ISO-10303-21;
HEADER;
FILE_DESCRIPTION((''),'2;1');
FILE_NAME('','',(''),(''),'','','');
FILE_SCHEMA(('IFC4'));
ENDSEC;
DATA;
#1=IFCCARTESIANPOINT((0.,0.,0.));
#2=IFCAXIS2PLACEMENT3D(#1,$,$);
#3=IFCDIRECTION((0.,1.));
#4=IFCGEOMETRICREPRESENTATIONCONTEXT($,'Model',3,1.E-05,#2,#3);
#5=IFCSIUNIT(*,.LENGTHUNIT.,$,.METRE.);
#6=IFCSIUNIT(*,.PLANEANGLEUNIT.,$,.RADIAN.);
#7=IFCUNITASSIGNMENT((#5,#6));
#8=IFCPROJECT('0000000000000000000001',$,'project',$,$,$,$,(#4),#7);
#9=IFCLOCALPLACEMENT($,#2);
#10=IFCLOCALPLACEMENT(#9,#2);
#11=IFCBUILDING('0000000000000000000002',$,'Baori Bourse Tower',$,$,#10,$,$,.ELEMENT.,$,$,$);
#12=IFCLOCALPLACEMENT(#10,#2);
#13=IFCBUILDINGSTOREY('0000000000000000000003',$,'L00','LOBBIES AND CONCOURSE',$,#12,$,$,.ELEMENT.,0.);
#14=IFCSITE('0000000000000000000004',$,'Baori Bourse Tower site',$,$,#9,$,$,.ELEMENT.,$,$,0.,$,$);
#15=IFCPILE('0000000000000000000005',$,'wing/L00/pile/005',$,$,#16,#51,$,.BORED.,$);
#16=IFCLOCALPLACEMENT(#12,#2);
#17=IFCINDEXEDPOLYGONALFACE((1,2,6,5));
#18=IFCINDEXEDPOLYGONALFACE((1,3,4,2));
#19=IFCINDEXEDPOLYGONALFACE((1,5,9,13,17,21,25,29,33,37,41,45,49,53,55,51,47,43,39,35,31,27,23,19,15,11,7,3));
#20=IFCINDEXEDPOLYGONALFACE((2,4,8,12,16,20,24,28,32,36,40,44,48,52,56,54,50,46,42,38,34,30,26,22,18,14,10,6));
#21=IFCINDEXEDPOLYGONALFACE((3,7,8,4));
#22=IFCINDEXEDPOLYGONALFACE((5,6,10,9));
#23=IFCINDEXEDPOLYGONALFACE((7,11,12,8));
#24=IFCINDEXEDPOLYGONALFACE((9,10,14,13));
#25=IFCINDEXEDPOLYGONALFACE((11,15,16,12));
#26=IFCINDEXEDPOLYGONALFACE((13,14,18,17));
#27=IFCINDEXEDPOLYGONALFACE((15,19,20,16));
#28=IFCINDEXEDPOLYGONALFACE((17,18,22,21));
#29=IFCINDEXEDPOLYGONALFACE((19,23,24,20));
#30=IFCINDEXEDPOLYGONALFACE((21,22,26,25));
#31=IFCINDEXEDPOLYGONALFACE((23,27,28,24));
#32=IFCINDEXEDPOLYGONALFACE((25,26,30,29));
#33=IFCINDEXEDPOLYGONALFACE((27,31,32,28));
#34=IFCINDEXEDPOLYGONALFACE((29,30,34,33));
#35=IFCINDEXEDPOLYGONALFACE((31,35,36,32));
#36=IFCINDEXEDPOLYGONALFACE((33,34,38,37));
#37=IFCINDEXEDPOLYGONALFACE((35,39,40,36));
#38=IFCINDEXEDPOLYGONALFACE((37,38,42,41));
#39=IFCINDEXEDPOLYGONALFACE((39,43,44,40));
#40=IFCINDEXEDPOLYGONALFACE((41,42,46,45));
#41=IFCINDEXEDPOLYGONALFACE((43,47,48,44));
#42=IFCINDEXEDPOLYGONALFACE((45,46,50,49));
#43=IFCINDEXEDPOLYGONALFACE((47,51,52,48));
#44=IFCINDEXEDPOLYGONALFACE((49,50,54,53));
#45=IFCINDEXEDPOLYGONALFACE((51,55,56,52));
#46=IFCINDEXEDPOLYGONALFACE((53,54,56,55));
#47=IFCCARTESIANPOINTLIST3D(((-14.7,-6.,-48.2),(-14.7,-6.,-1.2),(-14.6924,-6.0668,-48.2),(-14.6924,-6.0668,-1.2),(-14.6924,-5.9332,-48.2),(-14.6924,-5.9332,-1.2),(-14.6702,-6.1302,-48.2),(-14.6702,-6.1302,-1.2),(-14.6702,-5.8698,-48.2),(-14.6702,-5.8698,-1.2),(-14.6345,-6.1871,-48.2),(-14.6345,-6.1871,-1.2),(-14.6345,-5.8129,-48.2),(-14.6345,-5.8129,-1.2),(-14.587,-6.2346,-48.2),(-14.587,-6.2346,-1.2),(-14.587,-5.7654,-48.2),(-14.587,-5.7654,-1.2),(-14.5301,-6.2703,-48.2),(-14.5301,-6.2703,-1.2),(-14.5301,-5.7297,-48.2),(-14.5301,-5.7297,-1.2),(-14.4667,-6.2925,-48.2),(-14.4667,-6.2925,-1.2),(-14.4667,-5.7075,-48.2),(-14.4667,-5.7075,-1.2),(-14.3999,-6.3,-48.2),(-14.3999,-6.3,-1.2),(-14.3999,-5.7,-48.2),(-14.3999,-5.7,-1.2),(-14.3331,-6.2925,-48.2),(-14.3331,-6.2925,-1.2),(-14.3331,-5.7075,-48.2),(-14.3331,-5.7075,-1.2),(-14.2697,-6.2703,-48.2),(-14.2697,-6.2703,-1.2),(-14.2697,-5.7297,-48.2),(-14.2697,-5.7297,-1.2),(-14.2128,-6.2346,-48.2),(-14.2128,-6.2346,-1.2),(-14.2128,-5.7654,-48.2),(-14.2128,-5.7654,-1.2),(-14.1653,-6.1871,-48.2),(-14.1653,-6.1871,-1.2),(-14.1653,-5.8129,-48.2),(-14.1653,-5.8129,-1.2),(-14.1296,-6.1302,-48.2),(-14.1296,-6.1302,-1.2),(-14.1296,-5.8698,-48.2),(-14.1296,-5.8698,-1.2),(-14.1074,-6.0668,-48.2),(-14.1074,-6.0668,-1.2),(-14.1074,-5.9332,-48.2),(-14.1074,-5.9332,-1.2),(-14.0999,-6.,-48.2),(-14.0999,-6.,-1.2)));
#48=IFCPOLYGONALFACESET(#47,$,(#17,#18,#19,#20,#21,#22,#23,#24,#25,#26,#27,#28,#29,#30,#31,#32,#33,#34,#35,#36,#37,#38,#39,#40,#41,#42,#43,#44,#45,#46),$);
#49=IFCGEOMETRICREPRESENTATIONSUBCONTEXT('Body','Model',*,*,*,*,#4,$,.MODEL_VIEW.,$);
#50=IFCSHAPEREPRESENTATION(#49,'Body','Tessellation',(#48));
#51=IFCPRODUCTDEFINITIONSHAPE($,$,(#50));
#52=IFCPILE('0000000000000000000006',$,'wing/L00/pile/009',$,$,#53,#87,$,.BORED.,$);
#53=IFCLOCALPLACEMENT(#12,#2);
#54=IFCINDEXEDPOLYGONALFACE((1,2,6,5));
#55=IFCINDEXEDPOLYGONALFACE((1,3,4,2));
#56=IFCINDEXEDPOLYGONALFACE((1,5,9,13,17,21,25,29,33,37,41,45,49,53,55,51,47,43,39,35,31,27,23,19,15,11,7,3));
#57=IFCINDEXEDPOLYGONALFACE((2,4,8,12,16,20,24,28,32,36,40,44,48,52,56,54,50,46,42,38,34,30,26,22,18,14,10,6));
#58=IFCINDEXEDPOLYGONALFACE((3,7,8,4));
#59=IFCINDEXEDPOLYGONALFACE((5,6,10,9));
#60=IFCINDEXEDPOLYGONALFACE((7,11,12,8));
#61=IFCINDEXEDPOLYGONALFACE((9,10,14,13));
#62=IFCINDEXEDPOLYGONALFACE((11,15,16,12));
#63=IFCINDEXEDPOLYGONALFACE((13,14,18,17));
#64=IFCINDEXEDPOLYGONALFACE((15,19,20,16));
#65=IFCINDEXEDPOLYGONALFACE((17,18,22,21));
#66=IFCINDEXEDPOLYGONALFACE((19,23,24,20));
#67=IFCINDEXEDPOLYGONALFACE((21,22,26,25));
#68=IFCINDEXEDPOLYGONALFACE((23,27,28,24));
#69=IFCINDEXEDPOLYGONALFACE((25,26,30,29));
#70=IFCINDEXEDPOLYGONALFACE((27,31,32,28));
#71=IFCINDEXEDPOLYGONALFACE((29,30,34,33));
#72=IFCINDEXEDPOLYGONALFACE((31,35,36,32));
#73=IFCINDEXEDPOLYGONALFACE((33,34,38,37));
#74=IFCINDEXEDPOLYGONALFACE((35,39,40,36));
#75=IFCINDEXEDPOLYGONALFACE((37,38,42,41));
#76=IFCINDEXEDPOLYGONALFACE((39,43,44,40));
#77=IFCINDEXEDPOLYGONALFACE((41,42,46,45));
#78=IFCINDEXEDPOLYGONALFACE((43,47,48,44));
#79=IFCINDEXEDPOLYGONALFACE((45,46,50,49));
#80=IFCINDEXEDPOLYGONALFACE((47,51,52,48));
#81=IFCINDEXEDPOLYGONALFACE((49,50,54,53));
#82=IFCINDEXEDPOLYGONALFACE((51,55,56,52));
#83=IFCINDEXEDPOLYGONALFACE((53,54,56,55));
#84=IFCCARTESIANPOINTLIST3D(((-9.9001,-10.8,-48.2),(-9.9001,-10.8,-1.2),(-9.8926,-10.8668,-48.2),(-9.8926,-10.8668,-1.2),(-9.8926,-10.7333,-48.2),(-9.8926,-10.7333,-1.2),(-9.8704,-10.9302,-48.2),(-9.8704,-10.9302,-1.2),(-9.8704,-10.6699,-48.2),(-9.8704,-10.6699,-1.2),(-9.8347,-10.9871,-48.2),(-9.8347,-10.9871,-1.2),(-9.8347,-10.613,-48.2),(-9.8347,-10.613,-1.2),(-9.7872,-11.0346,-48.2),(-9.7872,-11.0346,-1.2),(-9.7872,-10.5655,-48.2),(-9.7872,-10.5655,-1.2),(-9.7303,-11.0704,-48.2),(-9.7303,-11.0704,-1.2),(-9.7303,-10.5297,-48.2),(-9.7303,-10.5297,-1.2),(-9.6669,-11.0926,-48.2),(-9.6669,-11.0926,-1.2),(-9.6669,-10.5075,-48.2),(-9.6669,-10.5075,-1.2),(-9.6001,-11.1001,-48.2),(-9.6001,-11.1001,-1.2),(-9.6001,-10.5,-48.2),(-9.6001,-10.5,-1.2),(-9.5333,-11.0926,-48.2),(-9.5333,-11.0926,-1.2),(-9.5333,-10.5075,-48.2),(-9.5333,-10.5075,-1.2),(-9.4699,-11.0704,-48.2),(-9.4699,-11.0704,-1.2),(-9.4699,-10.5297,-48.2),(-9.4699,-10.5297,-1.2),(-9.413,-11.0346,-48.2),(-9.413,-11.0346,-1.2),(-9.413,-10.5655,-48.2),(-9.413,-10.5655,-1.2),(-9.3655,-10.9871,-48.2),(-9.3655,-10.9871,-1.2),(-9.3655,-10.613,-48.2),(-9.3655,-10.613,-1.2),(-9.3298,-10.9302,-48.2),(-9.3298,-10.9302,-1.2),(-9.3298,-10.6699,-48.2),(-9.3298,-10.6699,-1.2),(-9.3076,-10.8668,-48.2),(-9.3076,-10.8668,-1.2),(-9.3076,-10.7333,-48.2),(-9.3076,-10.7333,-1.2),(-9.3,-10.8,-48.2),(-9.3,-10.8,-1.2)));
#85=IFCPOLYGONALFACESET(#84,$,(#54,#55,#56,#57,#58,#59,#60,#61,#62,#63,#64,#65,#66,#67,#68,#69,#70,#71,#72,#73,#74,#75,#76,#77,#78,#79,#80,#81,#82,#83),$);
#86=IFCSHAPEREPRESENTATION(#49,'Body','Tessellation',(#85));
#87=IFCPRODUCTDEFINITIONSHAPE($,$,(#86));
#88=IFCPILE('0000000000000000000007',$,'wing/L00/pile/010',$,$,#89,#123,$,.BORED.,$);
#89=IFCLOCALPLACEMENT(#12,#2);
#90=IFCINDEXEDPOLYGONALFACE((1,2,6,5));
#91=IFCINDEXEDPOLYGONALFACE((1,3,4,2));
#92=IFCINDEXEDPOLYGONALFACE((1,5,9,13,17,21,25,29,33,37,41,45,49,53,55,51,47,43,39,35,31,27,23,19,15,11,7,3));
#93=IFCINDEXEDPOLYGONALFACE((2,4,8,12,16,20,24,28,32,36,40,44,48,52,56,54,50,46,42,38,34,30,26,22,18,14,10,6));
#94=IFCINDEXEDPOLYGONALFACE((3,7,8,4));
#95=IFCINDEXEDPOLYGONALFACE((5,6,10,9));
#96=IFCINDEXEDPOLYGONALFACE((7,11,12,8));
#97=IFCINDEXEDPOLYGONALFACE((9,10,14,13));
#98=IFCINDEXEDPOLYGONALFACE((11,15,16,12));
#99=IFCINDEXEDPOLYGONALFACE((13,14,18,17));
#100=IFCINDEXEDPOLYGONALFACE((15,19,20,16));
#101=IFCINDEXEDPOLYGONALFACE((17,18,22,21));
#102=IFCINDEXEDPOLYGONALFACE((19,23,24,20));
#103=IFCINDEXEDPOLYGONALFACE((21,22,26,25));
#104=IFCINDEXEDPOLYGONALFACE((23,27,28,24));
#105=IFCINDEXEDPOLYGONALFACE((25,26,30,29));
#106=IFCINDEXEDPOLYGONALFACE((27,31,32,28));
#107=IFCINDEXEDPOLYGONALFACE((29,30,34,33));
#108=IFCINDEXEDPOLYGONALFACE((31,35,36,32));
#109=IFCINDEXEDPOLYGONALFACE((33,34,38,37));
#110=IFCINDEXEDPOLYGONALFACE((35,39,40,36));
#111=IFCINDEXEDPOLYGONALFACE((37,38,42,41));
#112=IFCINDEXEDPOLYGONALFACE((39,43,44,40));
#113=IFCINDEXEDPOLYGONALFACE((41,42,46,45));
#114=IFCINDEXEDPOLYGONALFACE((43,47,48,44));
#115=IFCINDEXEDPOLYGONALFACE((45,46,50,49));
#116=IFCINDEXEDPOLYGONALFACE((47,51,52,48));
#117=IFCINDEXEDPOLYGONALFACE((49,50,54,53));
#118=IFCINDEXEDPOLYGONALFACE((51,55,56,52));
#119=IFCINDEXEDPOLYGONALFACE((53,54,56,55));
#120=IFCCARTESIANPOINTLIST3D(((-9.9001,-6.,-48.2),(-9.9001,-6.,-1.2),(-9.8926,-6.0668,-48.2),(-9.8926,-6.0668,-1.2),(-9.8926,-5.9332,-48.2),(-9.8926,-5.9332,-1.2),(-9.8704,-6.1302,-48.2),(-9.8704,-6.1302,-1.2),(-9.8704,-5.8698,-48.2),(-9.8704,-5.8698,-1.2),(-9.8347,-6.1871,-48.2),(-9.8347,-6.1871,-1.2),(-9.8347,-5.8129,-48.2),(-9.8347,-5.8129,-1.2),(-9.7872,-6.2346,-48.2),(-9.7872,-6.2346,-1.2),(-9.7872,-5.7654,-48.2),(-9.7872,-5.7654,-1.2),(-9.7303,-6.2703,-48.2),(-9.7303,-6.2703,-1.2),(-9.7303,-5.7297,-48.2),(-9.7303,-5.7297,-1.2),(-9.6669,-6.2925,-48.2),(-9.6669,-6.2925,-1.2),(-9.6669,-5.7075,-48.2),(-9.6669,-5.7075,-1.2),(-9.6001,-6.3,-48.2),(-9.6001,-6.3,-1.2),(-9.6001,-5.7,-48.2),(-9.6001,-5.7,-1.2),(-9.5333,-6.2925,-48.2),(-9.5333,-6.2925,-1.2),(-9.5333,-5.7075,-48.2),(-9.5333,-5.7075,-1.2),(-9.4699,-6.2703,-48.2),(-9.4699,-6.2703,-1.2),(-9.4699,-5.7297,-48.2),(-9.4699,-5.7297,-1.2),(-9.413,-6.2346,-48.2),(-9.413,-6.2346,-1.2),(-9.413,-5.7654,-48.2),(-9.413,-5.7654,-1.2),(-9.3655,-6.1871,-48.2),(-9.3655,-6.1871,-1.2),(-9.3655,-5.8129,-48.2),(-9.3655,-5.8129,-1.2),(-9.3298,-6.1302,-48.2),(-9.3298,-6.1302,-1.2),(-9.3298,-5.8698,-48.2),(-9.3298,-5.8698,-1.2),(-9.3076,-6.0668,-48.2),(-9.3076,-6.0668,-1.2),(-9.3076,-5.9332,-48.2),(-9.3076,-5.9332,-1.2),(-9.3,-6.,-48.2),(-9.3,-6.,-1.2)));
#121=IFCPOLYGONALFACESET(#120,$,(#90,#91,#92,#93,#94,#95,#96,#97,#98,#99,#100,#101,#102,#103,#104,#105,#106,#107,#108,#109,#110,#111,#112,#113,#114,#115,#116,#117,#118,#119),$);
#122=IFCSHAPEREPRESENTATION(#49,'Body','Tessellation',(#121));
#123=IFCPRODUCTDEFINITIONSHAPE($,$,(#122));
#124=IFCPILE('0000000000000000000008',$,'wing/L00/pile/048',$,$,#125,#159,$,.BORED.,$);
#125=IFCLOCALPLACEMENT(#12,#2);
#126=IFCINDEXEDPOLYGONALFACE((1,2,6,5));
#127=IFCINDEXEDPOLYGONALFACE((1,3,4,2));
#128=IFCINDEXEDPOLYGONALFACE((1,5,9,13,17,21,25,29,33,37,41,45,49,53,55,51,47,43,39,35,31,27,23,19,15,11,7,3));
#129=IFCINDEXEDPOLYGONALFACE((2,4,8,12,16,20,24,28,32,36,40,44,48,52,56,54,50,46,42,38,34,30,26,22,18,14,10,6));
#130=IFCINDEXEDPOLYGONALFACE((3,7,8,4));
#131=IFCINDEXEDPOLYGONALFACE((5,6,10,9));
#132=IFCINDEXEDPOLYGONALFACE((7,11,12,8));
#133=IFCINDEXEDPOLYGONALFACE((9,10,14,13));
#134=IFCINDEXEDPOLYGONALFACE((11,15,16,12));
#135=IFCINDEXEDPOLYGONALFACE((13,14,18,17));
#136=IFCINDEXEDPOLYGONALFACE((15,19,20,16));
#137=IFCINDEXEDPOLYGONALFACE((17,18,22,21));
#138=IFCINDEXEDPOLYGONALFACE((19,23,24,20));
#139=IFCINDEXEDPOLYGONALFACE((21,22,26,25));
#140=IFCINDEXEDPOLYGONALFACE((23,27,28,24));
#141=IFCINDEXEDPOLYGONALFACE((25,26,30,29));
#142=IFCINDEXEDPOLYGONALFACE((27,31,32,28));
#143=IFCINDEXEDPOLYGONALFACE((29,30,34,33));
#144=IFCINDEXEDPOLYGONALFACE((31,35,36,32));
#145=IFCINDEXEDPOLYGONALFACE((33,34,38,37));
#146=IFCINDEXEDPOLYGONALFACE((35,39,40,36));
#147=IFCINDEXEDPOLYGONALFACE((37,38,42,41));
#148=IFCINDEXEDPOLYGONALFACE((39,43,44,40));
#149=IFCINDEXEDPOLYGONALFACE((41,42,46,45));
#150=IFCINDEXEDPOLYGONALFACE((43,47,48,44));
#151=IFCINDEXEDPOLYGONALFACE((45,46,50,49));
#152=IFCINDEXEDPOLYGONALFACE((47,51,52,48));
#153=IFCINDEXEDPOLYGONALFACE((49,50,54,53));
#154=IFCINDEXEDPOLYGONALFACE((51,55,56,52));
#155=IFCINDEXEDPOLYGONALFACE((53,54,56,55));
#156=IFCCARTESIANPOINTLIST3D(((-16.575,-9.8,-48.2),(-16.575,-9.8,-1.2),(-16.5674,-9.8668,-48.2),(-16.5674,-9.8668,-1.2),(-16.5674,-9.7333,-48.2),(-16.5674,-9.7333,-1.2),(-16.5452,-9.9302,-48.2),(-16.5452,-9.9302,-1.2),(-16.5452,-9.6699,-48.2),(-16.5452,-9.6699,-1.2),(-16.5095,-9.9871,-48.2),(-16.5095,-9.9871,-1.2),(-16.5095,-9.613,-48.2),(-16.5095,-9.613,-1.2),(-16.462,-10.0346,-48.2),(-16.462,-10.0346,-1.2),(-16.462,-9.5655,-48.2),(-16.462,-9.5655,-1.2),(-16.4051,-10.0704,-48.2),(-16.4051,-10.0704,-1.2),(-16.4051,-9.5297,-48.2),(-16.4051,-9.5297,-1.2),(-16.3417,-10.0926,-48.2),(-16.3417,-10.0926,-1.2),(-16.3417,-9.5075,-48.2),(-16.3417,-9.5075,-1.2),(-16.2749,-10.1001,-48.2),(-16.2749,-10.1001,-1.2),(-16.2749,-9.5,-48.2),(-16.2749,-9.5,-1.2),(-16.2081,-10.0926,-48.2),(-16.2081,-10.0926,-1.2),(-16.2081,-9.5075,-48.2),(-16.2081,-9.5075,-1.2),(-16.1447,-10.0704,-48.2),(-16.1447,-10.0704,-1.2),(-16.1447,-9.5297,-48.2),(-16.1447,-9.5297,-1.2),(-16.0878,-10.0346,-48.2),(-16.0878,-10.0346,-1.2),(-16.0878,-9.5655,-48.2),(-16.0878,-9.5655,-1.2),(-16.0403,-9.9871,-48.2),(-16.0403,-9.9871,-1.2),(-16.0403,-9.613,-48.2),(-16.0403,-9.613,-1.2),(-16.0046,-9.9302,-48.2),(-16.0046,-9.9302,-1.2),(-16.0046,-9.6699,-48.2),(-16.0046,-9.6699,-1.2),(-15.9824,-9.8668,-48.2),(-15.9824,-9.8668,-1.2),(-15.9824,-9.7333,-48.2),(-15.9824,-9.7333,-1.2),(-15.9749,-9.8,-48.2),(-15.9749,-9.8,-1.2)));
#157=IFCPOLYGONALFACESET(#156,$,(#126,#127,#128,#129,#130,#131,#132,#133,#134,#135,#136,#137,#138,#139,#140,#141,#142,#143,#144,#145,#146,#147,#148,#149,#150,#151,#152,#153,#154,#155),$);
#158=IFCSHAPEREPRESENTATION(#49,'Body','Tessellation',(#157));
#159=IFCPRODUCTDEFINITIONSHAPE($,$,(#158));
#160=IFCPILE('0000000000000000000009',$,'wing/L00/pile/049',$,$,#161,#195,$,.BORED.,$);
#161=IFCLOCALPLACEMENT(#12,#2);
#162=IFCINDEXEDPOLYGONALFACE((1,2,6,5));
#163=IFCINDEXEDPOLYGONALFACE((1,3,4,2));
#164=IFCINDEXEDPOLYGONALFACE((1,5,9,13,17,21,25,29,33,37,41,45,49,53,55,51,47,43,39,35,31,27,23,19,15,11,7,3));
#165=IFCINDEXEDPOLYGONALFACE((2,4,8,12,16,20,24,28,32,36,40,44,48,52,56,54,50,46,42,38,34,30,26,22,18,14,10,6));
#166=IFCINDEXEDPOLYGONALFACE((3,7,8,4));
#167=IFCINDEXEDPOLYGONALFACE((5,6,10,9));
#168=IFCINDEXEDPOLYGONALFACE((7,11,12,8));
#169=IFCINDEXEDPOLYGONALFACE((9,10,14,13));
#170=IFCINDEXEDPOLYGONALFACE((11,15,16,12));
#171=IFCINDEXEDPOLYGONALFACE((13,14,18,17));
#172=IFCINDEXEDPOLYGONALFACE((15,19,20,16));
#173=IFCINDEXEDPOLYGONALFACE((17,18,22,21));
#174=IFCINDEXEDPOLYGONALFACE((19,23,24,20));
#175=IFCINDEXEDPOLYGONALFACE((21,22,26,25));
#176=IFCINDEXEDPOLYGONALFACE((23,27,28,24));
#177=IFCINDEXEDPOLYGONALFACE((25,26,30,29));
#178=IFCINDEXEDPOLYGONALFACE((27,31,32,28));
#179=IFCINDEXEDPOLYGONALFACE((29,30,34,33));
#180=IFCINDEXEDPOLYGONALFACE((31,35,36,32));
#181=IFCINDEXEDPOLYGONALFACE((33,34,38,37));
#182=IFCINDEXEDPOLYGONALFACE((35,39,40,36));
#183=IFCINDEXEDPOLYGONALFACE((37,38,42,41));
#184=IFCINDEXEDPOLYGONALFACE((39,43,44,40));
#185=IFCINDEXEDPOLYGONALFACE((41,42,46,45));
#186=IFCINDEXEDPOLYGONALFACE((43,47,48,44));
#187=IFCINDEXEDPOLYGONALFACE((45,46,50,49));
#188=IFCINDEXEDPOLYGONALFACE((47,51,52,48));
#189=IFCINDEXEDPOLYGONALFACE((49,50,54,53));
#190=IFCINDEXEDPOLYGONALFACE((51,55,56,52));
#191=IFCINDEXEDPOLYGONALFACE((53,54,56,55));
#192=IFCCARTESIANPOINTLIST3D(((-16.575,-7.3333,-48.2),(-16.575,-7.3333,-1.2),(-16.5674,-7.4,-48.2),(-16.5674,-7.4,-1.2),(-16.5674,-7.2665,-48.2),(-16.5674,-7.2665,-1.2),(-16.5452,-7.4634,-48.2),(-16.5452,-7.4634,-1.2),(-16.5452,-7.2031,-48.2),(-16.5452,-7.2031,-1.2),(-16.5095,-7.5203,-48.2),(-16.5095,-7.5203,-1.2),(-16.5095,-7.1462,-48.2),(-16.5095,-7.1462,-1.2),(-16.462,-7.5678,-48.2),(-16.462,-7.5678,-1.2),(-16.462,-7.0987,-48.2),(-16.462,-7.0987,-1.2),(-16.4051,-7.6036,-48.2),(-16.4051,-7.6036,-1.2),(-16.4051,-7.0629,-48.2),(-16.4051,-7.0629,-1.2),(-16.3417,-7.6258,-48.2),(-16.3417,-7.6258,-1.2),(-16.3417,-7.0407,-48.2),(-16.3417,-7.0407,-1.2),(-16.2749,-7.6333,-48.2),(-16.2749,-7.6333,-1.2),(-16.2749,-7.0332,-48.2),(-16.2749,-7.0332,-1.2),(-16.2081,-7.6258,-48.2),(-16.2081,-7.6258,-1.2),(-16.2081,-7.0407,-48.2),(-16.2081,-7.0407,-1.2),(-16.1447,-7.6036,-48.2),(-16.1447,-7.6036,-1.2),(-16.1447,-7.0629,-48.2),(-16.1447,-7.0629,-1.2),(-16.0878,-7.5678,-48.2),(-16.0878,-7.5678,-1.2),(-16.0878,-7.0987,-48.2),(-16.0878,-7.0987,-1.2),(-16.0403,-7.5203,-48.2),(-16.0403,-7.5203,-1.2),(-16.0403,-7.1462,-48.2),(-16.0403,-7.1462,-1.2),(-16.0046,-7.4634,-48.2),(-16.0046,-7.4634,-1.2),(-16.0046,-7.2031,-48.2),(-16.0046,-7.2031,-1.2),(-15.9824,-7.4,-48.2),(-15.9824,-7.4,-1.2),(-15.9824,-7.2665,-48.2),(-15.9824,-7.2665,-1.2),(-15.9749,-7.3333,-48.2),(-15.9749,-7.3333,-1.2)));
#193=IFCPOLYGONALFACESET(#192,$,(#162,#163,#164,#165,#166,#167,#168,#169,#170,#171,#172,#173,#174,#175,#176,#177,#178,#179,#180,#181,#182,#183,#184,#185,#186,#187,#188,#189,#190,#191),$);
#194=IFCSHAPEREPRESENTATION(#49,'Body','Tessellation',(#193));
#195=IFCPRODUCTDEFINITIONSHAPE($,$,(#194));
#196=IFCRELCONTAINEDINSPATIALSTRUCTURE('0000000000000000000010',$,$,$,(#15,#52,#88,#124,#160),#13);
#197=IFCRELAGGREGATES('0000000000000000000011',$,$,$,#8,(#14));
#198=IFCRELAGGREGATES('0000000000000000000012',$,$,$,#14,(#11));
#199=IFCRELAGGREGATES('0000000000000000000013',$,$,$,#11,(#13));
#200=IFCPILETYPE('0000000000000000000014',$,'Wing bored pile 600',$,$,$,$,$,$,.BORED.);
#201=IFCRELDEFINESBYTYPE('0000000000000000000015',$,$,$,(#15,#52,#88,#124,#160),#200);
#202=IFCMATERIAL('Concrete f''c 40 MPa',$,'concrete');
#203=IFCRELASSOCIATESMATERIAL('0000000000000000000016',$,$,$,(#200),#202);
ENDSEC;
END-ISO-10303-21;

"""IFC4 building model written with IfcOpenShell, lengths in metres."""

from ifc_helpers import new_model, si_unit, direction, frame, origin, origin_2d, place, context, subcontext, project, spatial, circle, extrude, material, material_profile, profile_set, type_object, element, save


model = new_model("IFC4")

# Units and contexts
model_context = context("Model", 3, precision=1e-05, world=origin(), true_north=direction((0.0, 1.0)))
body_context = subcontext(model_context, "Body", "Model", "MODEL_VIEW")
ifc_project = project(units=[si_unit("LENGTHUNIT", "METRE"), si_unit("PLANEANGLEUNIT", "RADIAN")], contexts=[model_context])

# Site, building, storey
site_placement = place(None, origin())
site = spatial("IfcSite", under=ifc_project, at=site_placement, Name="Baori Bourse Tower site", CompositionType="ELEMENT", RefElevation=0.0)
building_placement = place(site_placement, origin())
building = spatial("IfcBuilding", under=site, at=building_placement, Name="Baori Bourse Tower", CompositionType="ELEMENT")
storey_placement = place(building_placement, origin())
storey = spatial("IfcBuildingStorey", under=building, at=storey_placement, Name="L00", Description="LOBBIES AND CONCOURSE", CompositionType="ELEMENT", Elevation=0.0)

# Piles
ifc_material_1 = material(Name="Concrete f'c 40 MPa", Category="concrete")
ifc_material_profile_1 = material_profile(ifc_material_1, circle(Radius=0.3, at=origin_2d()), Name="Wing bored pile 600")
ifc_profile_set_1 = profile_set([ifc_material_profile_1], Name="Concrete f'c 40 MPa")
pile_type = type_object("IfcPileType", Name="Wing bored pile 600", PredefinedType="BORED", material=ifc_profile_set_1)
for number, where, z_axis, x_axis, name in (
    (1, (-14.3999, -6.0, -1.2), (0.0, 0.0, -1.0), (1.0, 0.0, 0.0), "wing/L00/pile/005"),
    (2, (-9.6001, -10.8, -1.2), (0.0, 0.0, -1.0), (1.0, 0.0, 0.0), "wing/L00/pile/009"),
    (3, (-9.6001, -6.0, -1.2), (0.0, 0.0, -1.0), (1.0, 0.0, 0.0), "wing/L00/pile/010"),
    (4, (-16.2749, -9.8, -1.2), (0.0, 0.0, -1.0), (1.0, 0.0, 0.0), "wing/L00/pile/048"),
    (5, (-16.2749, -7.3333, -1.2), (0.0, 0.0, -1.0), (1.0, 0.0, 0.0), "wing/L00/pile/049"),
):
    element("IfcPile", number, at=place(storey_placement, frame(where, z_axis=z_axis, x_axis=x_axis)), inside=storey, type_object=pile_type, Name=name, PredefinedType="BORED", context=body_context, shape_type="SweptSolid", body=[
        extrude(circle(Radius=0.3, at=origin_2d()), origin(), (0.0, 0.0, 1.0), 47.0),
    ])

save(model, "model.ifc")
